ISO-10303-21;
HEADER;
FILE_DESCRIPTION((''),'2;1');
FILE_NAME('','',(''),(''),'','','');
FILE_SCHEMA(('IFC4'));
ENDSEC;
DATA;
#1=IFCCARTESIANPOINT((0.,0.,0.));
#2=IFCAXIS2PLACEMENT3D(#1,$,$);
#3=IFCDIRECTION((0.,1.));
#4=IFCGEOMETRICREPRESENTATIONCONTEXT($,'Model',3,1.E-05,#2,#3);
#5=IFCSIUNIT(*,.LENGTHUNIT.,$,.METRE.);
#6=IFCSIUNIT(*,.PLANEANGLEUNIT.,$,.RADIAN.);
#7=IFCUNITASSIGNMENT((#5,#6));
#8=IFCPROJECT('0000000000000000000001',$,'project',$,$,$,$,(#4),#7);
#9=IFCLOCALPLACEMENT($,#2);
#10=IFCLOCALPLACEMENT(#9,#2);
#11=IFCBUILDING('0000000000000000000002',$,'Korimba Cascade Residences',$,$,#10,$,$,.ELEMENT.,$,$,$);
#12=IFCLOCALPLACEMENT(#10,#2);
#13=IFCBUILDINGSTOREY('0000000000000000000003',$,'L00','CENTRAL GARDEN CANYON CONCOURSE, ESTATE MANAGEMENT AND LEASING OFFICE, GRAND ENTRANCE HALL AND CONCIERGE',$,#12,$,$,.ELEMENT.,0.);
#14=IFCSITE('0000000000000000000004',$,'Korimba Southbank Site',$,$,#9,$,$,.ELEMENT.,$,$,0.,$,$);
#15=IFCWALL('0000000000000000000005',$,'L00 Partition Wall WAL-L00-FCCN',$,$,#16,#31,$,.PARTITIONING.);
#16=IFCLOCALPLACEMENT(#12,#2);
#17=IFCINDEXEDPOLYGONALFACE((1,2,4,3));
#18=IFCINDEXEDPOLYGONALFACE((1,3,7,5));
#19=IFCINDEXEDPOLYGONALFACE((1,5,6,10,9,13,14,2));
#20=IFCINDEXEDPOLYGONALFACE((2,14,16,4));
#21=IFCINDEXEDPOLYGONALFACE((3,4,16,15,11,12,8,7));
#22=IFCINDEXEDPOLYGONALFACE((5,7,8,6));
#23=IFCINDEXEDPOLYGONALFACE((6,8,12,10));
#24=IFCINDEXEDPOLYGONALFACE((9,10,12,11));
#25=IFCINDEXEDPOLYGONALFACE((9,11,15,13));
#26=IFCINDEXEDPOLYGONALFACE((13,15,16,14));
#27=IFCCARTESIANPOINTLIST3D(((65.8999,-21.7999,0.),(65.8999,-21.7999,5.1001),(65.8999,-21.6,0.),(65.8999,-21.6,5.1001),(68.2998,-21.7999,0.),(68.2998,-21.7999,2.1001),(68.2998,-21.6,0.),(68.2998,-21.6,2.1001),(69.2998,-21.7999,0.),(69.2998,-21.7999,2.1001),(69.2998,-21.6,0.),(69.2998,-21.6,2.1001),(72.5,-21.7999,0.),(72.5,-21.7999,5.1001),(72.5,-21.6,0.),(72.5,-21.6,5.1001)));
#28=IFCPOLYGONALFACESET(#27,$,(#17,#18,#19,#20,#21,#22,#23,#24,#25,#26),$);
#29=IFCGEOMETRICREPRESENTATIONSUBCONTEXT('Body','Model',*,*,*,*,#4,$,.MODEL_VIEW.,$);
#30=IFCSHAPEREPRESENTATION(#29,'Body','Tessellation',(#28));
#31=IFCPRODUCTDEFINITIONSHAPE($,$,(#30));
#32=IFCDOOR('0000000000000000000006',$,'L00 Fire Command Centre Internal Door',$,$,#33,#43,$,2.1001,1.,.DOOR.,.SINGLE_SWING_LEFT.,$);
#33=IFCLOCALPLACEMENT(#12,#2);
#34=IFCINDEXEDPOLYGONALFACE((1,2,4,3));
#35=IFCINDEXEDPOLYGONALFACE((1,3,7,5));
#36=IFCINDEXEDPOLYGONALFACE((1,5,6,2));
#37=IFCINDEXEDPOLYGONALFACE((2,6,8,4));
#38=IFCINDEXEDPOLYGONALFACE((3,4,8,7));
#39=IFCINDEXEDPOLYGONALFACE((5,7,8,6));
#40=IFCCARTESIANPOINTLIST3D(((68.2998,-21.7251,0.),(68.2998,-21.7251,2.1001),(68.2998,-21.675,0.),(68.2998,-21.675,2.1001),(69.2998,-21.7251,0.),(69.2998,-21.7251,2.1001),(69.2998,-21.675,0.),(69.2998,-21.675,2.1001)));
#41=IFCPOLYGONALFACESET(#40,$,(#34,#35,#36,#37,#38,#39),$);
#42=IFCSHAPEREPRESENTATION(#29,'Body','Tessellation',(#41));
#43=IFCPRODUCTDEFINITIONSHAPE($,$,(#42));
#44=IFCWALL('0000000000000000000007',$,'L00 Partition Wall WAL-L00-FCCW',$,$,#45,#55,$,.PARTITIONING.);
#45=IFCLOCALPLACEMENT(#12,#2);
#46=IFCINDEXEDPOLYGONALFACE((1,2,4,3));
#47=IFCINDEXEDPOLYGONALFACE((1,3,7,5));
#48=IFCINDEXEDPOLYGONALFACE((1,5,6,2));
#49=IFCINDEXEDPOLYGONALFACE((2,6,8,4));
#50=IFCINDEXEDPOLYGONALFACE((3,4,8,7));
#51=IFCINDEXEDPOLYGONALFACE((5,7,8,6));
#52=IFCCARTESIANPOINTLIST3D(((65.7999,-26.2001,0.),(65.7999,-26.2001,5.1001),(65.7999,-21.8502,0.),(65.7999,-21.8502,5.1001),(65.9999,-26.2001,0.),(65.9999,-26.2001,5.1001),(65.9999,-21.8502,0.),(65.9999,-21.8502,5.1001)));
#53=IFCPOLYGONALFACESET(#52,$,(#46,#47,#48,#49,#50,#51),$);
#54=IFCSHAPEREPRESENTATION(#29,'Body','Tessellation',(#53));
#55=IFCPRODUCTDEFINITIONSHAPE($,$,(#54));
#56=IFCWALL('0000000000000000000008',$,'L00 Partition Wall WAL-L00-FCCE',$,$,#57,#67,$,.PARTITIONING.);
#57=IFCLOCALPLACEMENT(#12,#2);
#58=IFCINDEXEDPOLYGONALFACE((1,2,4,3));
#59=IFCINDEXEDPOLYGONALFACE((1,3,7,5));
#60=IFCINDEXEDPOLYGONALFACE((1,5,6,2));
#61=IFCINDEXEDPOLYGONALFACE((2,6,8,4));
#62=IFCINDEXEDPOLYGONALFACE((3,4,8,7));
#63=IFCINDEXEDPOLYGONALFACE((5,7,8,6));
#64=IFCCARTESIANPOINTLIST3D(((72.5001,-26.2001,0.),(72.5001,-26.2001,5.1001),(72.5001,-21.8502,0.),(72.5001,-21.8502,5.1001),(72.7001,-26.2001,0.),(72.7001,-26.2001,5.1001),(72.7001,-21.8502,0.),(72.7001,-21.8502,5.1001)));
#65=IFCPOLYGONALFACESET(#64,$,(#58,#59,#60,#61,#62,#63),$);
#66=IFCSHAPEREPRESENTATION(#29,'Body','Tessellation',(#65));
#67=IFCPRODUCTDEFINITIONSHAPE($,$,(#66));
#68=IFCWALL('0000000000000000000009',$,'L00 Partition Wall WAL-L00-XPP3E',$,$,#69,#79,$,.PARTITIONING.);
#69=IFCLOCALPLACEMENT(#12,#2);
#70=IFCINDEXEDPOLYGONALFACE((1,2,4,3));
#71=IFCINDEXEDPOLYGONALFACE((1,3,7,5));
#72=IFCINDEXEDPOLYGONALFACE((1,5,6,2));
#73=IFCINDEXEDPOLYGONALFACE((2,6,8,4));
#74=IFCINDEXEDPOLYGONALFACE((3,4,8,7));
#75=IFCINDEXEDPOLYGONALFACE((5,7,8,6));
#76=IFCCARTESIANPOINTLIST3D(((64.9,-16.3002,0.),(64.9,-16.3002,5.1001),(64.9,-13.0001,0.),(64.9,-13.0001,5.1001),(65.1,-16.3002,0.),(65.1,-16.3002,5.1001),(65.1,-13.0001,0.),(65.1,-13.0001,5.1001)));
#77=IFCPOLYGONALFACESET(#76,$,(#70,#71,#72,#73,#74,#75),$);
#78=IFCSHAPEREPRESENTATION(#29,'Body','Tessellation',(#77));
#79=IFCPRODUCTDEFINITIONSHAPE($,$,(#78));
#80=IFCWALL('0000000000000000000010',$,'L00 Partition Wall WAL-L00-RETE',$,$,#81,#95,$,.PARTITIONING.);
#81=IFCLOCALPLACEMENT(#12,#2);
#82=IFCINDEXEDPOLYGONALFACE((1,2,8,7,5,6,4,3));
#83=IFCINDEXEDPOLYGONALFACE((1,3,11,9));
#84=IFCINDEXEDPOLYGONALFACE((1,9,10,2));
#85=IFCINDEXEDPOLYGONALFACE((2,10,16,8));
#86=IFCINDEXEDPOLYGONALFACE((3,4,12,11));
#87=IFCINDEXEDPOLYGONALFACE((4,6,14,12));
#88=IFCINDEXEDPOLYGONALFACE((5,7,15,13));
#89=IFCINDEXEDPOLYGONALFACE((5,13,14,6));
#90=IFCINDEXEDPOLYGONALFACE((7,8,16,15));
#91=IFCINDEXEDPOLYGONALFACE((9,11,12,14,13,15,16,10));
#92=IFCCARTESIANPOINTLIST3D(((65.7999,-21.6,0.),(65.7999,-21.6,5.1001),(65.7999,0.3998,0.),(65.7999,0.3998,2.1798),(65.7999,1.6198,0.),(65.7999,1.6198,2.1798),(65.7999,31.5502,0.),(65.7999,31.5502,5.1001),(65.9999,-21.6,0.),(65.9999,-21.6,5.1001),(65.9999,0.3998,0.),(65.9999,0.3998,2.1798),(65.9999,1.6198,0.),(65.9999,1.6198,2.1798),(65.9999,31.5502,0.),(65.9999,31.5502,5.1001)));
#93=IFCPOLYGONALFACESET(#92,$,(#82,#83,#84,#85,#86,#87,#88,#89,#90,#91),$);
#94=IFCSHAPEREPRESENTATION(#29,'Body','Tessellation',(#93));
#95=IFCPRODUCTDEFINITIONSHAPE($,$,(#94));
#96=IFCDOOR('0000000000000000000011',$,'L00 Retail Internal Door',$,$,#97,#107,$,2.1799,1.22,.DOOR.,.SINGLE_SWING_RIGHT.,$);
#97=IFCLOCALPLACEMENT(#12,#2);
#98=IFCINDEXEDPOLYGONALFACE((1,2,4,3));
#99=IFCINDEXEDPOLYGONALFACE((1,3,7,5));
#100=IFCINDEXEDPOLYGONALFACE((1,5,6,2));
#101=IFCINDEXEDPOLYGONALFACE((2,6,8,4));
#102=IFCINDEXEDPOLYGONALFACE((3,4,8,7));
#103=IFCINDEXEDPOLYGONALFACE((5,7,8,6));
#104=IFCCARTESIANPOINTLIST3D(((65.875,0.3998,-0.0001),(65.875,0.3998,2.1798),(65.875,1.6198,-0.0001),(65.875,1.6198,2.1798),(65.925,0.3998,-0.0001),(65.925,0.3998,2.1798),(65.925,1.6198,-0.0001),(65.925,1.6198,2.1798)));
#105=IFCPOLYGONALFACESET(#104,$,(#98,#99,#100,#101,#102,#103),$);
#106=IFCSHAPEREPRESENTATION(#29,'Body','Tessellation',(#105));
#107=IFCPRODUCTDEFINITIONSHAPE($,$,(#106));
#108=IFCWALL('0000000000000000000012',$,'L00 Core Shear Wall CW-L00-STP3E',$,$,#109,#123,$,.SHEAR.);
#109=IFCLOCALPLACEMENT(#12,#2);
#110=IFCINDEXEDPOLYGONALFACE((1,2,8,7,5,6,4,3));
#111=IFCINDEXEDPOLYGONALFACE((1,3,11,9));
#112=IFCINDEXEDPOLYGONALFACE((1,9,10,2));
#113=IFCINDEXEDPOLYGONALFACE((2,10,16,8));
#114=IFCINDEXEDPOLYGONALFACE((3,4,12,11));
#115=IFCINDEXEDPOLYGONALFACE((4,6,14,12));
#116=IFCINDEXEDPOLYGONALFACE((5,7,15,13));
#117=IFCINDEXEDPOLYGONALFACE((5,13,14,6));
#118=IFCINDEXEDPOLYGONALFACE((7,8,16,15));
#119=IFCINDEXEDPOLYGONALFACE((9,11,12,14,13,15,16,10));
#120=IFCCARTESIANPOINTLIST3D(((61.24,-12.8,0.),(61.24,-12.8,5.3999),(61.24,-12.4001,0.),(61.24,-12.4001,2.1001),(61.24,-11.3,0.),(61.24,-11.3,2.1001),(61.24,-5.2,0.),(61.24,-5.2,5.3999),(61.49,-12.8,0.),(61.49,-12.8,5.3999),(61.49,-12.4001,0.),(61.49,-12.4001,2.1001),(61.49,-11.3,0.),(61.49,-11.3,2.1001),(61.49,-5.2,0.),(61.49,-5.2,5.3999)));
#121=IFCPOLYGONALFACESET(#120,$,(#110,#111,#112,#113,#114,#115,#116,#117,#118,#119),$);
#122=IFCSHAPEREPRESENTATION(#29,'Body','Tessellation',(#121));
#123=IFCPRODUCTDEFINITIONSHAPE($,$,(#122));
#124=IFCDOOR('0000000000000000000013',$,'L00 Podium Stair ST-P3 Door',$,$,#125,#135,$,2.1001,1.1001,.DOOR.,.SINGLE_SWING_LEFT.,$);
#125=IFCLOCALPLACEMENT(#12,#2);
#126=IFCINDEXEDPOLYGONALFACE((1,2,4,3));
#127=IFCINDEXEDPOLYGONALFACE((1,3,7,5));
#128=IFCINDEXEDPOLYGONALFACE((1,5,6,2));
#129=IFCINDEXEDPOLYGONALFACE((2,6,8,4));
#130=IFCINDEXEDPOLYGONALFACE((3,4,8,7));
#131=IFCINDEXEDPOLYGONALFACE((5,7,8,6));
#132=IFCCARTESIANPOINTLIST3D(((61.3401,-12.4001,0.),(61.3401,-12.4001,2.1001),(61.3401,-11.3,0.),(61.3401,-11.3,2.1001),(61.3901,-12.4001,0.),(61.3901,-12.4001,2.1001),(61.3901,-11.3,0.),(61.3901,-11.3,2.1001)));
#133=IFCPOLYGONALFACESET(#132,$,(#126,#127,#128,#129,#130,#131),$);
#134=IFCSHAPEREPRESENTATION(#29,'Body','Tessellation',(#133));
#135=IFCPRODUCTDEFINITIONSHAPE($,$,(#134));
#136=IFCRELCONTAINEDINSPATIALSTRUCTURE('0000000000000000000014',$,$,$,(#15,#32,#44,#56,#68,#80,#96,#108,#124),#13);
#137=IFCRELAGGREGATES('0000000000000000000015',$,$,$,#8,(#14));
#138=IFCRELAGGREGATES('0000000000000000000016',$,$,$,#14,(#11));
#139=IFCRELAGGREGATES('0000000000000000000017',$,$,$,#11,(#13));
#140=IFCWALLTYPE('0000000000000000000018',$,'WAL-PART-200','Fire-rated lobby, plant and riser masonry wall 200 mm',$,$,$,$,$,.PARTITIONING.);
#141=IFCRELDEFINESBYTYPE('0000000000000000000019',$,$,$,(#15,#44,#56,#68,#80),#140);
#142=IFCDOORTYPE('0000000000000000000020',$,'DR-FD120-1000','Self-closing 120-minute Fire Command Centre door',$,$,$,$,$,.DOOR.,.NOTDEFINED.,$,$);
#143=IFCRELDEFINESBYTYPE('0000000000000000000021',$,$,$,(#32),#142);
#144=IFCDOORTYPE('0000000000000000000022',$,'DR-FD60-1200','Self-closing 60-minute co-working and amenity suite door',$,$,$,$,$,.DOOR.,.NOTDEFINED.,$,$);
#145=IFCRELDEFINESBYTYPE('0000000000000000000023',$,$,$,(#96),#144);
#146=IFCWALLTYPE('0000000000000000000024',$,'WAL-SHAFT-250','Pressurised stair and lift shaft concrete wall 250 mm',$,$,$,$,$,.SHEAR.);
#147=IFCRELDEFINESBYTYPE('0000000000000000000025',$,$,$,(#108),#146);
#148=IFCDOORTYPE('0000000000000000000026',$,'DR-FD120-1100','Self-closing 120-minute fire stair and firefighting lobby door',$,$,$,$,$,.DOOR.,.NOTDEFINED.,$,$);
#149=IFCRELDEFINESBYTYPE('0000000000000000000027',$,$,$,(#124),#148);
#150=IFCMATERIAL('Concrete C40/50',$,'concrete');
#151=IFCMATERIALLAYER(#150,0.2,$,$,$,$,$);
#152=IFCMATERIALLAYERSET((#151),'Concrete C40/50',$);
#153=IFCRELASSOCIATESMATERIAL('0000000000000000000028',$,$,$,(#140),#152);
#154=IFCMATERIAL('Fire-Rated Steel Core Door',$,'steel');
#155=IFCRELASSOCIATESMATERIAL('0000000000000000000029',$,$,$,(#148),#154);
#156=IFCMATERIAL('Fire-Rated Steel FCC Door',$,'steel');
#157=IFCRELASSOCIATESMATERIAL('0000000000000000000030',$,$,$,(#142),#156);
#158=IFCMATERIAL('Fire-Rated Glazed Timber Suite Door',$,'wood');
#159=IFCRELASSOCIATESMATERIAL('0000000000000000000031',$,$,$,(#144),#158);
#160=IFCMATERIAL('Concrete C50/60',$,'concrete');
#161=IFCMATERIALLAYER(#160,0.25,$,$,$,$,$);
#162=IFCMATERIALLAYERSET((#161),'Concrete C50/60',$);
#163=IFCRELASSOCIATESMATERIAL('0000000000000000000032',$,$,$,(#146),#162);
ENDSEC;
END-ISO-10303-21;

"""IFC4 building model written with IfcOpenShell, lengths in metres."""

from ifc_helpers import new_model, si_unit, direction, frame, frame_2d, origin, place, context, subcontext, project, spatial, rectangle, extrude, material, layer, layer_set, type_object, element, fill, save


model = new_model("IFC4")

# Units and contexts
model_context = context("Model", 3, precision=1e-05, world=origin(), true_north=direction((0.0, 1.0)))
body_context = subcontext(model_context, "Body", "Model", "MODEL_VIEW")
ifc_project = project(units=[si_unit("LENGTHUNIT", "METRE"), si_unit("PLANEANGLEUNIT", "RADIAN")], contexts=[model_context])

# Site, building, storey
site_placement = place(None, origin())
site = spatial("IfcSite", under=ifc_project, at=site_placement, Name="Korimba Southbank Site", CompositionType="ELEMENT", RefElevation=0.0)
building_placement = place(site_placement, origin())
building = spatial("IfcBuilding", under=site, at=building_placement, Name="Korimba Cascade Residences", CompositionType="ELEMENT")
storey_placement = place(building_placement, origin())
storey = spatial("IfcBuildingStorey", under=building, at=storey_placement, Name="L00", Description="CENTRAL GARDEN CANYON CONCOURSE, ESTATE MANAGEMENT AND LEASING OFFICE, GRAND ENTRANCE HALL AND CONCIERGE", CompositionType="ELEMENT", Elevation=0.0)

# Shared definitions
ifc_material_1 = material(Name="Concrete C40/50", Category="concrete")
ifc_layer_1 = layer(ifc_material_1, 0.2)
ifc_layer_set_1 = layer_set([ifc_layer_1], Name="Concrete C40/50")
wall_type_1 = type_object("IfcWallType", Name="WAL-PART-200", Description="Fire-rated lobby, plant and riser masonry wall 200 mm", PredefinedType="PARTITIONING", material=ifc_layer_set_1)
ifc_material_2 = material(Name="Fire-Rated Steel Core Door", Category="steel")
door_type_1 = type_object("IfcDoorType", Name="DR-FD120-1100", Description="Self-closing 120-minute fire stair and firefighting lobby door", OperationType="NOTDEFINED", PredefinedType="DOOR", material=ifc_material_2)

# Wall, opening, door
wall_1_placement = place(storey_placement, frame((65.8999, -21.7, 0.0), z_axis=(0.0, 0.0, 1.0), x_axis=(1.0, 0.0, 0.0)))
wall_1 = element("IfcWall", 1, at=wall_1_placement, inside=storey, type_object=wall_type_1, Name="L00 Partition Wall WAL-L00-FCCN", PredefinedType="PARTITIONING", context=body_context, shape_type="SweptSolid", body=[
    extrude(rectangle(XDim=6.6001, YDim=0.2, at=frame_2d((3.3, 0.0))), origin(), (0.0, 0.0, 1.0), 5.1001),
])
opening_1_placement = place(wall_1_placement, frame((2.3999, 0.0, 0.0)))
opening_1 = element("IfcOpeningElement", 2, at=opening_1_placement, cuts=wall_1, PredefinedType="OPENING", context=body_context, shape_type="SweptSolid", body=[
    extrude(rectangle(XDim=1.0, YDim=2.1001, at=frame_2d((0.5, 1.05))), frame((0.0, 0.1099, 0.0), z_axis=(0.0, -1.0, 0.0), x_axis=(1.0, 0.0, 0.0)), (0.0, 0.0, 1.0), 0.22),
])
ifc_material_3 = material(Name="Fire-Rated Steel FCC Door", Category="steel")
door_type_2 = type_object("IfcDoorType", Name="DR-FD120-1000", Description="Self-closing 120-minute Fire Command Centre door", OperationType="NOTDEFINED", PredefinedType="DOOR", material=ifc_material_3)
door_1_placement = place(opening_1_placement, origin())
door_1 = element("IfcDoor", 3, at=door_1_placement, inside=storey, type_object=door_type_2, Name="L00 Fire Command Centre Internal Door", OperationType="SINGLE_SWING_LEFT", OverallHeight=2.1001, OverallWidth=1.0, PredefinedType="DOOR", context=body_context, shape_type="SweptSolid", body=[
    extrude(rectangle(XDim=1.0, YDim=2.1001, at=frame_2d((0.5, 1.05))), frame((0.0, 0.0249, 0.0), z_axis=(0.0, -1.0, 0.0), x_axis=(1.0, 0.0, 0.0)), (0.0, 0.0, 1.0), 0.05),
])
fill(opening_1, door_1)

# Walls
for number, where, z_axis, x_axis, name in (
    (4, (65.8999, -26.2, 0.0), (0.0, 0.0, 1.0), (0.0, 1.0, 0.0), "L00 Partition Wall WAL-L00-FCCW"),
    (5, (72.6001, -26.2, 0.0), (0.0, 0.0, 1.0), (0.0, 1.0, 0.0), "L00 Partition Wall WAL-L00-FCCE"),
):
    element("IfcWall", number, at=place(storey_placement, frame(where, z_axis=z_axis, x_axis=x_axis)), inside=storey, type_object=wall_type_1, Name=name, PredefinedType="PARTITIONING", context=body_context, shape_type="SweptSolid", body=[
        extrude(rectangle(XDim=4.3499, YDim=0.2, at=frame_2d((2.1748, 0.0))), origin(), (0.0, 0.0, 1.0), 5.1001),
    ])
wall_2_placement = place(storey_placement, frame((65.0, -16.3, 0.0), z_axis=(0.0, 0.0, 1.0), x_axis=(0.0, 1.0, 0.0)))
element("IfcWall", 6, at=wall_2_placement, inside=storey, type_object=wall_type_1, Name="L00 Partition Wall WAL-L00-XPP3E", PredefinedType="PARTITIONING", context=body_context, shape_type="SweptSolid", body=[
    extrude(rectangle(XDim=3.3, YDim=0.2, at=frame_2d((1.6499, 0.0))), origin(), (0.0, 0.0, 1.0), 5.1001),
])

# Walls, openings, doors
wall_3_placement = place(storey_placement, frame((65.8999, -21.6001, 0.0), z_axis=(0.0, 0.0, 1.0), x_axis=(0.0, 1.0, 0.0)))
wall_3 = element("IfcWall", 7, at=wall_3_placement, inside=storey, type_object=wall_type_1, Name="L00 Partition Wall WAL-L00-RETE", PredefinedType="PARTITIONING", context=body_context, shape_type="SweptSolid", body=[
    extrude(rectangle(XDim=53.1501, YDim=0.2, at=frame_2d((26.5752, 0.0))), origin(), (0.0, 0.0, 1.0), 5.1001),
])
opening_2_placement = place(wall_3_placement, frame((22.0, 0.0, 0.0)))
opening_2 = element("IfcOpeningElement", 8, at=opening_2_placement, cuts=wall_3, PredefinedType="OPENING", context=body_context, shape_type="SweptSolid", body=[
    extrude(rectangle(XDim=1.22, YDim=2.1799, at=frame_2d((0.6099, 1.0898))), frame((0.0, 0.1099, 0.0), z_axis=(0.0, -1.0, 0.0), x_axis=(1.0, 0.0, 0.0)), (0.0, 0.0, 1.0), 0.22),
])
ifc_material_4 = material(Name="Fire-Rated Glazed Timber Suite Door", Category="wood")
door_type_3 = type_object("IfcDoorType", Name="DR-FD60-1200", Description="Self-closing 60-minute co-working and amenity suite door", OperationType="NOTDEFINED", PredefinedType="DOOR", material=ifc_material_4)
door_2_placement = place(opening_2_placement, origin())
door_2 = element("IfcDoor", 9, at=door_2_placement, inside=storey, type_object=door_type_3, Name="L00 Retail Internal Door", OperationType="SINGLE_SWING_RIGHT", OverallHeight=2.1799, OverallWidth=1.22, PredefinedType="DOOR", context=body_context, shape_type="SweptSolid", body=[
    extrude(rectangle(XDim=1.22, YDim=2.1799, at=frame_2d((0.6099, 1.0898))), frame((0.0, 0.0249, 0.0), z_axis=(0.0, -1.0, 0.0), x_axis=(1.0, 0.0, 0.0)), (0.0, 0.0, 1.0), 0.05),
])
fill(opening_2, door_2)
ifc_material_5 = material(Name="Concrete C50/60", Category="concrete")
ifc_layer_2 = layer(ifc_material_5, 0.25)
ifc_layer_set_2 = layer_set([ifc_layer_2], Name="Concrete C50/60")
wall_type_2 = type_object("IfcWallType", Name="WAL-SHAFT-250", Description="Pressurised stair and lift shaft concrete wall 250 mm", PredefinedType="SHEAR", material=ifc_layer_set_2)
wall_4_placement = place(storey_placement, frame((61.365, -12.8, 0.0), z_axis=(0.0, 0.0, 1.0), x_axis=(0.0, 1.0, 0.0)))
wall_4 = element("IfcWall", 10, at=wall_4_placement, inside=storey, type_object=wall_type_2, Name="L00 Core Shear Wall CW-L00-STP3E", PredefinedType="SHEAR", context=body_context, shape_type="SweptSolid", body=[
    extrude(rectangle(XDim=7.6001, YDim=0.25, at=frame_2d((3.8, 0.0))), origin(), (0.0, 0.0, 1.0), 5.3999),
])
opening_3_placement = place(wall_4_placement, frame((0.3999, 0.0, 0.0)))
opening_3 = element("IfcOpeningElement", 11, at=opening_3_placement, cuts=wall_4, PredefinedType="OPENING", context=body_context, shape_type="SweptSolid", body=[
    extrude(rectangle(XDim=1.1001, YDim=2.1001, at=frame_2d((0.55, 1.05))), frame((0.0, 0.135, 0.0), z_axis=(0.0, -1.0, 0.0), x_axis=(1.0, 0.0, 0.0)), (0.0, 0.0, 1.0), 0.27),
])
door_3_placement = place(opening_3_placement, origin())
door_3 = element("IfcDoor", 12, at=door_3_placement, inside=storey, type_object=door_type_1, Name="L00 Podium Stair ST-P3 Door", OperationType="SINGLE_SWING_LEFT", OverallHeight=2.1001, OverallWidth=1.1001, PredefinedType="DOOR", context=body_context, shape_type="SweptSolid", body=[
    extrude(rectangle(XDim=1.1001, YDim=2.1001, at=frame_2d((0.55, 1.05))), frame((0.0, 0.0249, 0.0), z_axis=(0.0, -1.0, 0.0), x_axis=(1.0, 0.0, 0.0)), (0.0, 0.0, 1.0), 0.05),
])
fill(opening_3, door_3)

save(model, "model.ifc")
